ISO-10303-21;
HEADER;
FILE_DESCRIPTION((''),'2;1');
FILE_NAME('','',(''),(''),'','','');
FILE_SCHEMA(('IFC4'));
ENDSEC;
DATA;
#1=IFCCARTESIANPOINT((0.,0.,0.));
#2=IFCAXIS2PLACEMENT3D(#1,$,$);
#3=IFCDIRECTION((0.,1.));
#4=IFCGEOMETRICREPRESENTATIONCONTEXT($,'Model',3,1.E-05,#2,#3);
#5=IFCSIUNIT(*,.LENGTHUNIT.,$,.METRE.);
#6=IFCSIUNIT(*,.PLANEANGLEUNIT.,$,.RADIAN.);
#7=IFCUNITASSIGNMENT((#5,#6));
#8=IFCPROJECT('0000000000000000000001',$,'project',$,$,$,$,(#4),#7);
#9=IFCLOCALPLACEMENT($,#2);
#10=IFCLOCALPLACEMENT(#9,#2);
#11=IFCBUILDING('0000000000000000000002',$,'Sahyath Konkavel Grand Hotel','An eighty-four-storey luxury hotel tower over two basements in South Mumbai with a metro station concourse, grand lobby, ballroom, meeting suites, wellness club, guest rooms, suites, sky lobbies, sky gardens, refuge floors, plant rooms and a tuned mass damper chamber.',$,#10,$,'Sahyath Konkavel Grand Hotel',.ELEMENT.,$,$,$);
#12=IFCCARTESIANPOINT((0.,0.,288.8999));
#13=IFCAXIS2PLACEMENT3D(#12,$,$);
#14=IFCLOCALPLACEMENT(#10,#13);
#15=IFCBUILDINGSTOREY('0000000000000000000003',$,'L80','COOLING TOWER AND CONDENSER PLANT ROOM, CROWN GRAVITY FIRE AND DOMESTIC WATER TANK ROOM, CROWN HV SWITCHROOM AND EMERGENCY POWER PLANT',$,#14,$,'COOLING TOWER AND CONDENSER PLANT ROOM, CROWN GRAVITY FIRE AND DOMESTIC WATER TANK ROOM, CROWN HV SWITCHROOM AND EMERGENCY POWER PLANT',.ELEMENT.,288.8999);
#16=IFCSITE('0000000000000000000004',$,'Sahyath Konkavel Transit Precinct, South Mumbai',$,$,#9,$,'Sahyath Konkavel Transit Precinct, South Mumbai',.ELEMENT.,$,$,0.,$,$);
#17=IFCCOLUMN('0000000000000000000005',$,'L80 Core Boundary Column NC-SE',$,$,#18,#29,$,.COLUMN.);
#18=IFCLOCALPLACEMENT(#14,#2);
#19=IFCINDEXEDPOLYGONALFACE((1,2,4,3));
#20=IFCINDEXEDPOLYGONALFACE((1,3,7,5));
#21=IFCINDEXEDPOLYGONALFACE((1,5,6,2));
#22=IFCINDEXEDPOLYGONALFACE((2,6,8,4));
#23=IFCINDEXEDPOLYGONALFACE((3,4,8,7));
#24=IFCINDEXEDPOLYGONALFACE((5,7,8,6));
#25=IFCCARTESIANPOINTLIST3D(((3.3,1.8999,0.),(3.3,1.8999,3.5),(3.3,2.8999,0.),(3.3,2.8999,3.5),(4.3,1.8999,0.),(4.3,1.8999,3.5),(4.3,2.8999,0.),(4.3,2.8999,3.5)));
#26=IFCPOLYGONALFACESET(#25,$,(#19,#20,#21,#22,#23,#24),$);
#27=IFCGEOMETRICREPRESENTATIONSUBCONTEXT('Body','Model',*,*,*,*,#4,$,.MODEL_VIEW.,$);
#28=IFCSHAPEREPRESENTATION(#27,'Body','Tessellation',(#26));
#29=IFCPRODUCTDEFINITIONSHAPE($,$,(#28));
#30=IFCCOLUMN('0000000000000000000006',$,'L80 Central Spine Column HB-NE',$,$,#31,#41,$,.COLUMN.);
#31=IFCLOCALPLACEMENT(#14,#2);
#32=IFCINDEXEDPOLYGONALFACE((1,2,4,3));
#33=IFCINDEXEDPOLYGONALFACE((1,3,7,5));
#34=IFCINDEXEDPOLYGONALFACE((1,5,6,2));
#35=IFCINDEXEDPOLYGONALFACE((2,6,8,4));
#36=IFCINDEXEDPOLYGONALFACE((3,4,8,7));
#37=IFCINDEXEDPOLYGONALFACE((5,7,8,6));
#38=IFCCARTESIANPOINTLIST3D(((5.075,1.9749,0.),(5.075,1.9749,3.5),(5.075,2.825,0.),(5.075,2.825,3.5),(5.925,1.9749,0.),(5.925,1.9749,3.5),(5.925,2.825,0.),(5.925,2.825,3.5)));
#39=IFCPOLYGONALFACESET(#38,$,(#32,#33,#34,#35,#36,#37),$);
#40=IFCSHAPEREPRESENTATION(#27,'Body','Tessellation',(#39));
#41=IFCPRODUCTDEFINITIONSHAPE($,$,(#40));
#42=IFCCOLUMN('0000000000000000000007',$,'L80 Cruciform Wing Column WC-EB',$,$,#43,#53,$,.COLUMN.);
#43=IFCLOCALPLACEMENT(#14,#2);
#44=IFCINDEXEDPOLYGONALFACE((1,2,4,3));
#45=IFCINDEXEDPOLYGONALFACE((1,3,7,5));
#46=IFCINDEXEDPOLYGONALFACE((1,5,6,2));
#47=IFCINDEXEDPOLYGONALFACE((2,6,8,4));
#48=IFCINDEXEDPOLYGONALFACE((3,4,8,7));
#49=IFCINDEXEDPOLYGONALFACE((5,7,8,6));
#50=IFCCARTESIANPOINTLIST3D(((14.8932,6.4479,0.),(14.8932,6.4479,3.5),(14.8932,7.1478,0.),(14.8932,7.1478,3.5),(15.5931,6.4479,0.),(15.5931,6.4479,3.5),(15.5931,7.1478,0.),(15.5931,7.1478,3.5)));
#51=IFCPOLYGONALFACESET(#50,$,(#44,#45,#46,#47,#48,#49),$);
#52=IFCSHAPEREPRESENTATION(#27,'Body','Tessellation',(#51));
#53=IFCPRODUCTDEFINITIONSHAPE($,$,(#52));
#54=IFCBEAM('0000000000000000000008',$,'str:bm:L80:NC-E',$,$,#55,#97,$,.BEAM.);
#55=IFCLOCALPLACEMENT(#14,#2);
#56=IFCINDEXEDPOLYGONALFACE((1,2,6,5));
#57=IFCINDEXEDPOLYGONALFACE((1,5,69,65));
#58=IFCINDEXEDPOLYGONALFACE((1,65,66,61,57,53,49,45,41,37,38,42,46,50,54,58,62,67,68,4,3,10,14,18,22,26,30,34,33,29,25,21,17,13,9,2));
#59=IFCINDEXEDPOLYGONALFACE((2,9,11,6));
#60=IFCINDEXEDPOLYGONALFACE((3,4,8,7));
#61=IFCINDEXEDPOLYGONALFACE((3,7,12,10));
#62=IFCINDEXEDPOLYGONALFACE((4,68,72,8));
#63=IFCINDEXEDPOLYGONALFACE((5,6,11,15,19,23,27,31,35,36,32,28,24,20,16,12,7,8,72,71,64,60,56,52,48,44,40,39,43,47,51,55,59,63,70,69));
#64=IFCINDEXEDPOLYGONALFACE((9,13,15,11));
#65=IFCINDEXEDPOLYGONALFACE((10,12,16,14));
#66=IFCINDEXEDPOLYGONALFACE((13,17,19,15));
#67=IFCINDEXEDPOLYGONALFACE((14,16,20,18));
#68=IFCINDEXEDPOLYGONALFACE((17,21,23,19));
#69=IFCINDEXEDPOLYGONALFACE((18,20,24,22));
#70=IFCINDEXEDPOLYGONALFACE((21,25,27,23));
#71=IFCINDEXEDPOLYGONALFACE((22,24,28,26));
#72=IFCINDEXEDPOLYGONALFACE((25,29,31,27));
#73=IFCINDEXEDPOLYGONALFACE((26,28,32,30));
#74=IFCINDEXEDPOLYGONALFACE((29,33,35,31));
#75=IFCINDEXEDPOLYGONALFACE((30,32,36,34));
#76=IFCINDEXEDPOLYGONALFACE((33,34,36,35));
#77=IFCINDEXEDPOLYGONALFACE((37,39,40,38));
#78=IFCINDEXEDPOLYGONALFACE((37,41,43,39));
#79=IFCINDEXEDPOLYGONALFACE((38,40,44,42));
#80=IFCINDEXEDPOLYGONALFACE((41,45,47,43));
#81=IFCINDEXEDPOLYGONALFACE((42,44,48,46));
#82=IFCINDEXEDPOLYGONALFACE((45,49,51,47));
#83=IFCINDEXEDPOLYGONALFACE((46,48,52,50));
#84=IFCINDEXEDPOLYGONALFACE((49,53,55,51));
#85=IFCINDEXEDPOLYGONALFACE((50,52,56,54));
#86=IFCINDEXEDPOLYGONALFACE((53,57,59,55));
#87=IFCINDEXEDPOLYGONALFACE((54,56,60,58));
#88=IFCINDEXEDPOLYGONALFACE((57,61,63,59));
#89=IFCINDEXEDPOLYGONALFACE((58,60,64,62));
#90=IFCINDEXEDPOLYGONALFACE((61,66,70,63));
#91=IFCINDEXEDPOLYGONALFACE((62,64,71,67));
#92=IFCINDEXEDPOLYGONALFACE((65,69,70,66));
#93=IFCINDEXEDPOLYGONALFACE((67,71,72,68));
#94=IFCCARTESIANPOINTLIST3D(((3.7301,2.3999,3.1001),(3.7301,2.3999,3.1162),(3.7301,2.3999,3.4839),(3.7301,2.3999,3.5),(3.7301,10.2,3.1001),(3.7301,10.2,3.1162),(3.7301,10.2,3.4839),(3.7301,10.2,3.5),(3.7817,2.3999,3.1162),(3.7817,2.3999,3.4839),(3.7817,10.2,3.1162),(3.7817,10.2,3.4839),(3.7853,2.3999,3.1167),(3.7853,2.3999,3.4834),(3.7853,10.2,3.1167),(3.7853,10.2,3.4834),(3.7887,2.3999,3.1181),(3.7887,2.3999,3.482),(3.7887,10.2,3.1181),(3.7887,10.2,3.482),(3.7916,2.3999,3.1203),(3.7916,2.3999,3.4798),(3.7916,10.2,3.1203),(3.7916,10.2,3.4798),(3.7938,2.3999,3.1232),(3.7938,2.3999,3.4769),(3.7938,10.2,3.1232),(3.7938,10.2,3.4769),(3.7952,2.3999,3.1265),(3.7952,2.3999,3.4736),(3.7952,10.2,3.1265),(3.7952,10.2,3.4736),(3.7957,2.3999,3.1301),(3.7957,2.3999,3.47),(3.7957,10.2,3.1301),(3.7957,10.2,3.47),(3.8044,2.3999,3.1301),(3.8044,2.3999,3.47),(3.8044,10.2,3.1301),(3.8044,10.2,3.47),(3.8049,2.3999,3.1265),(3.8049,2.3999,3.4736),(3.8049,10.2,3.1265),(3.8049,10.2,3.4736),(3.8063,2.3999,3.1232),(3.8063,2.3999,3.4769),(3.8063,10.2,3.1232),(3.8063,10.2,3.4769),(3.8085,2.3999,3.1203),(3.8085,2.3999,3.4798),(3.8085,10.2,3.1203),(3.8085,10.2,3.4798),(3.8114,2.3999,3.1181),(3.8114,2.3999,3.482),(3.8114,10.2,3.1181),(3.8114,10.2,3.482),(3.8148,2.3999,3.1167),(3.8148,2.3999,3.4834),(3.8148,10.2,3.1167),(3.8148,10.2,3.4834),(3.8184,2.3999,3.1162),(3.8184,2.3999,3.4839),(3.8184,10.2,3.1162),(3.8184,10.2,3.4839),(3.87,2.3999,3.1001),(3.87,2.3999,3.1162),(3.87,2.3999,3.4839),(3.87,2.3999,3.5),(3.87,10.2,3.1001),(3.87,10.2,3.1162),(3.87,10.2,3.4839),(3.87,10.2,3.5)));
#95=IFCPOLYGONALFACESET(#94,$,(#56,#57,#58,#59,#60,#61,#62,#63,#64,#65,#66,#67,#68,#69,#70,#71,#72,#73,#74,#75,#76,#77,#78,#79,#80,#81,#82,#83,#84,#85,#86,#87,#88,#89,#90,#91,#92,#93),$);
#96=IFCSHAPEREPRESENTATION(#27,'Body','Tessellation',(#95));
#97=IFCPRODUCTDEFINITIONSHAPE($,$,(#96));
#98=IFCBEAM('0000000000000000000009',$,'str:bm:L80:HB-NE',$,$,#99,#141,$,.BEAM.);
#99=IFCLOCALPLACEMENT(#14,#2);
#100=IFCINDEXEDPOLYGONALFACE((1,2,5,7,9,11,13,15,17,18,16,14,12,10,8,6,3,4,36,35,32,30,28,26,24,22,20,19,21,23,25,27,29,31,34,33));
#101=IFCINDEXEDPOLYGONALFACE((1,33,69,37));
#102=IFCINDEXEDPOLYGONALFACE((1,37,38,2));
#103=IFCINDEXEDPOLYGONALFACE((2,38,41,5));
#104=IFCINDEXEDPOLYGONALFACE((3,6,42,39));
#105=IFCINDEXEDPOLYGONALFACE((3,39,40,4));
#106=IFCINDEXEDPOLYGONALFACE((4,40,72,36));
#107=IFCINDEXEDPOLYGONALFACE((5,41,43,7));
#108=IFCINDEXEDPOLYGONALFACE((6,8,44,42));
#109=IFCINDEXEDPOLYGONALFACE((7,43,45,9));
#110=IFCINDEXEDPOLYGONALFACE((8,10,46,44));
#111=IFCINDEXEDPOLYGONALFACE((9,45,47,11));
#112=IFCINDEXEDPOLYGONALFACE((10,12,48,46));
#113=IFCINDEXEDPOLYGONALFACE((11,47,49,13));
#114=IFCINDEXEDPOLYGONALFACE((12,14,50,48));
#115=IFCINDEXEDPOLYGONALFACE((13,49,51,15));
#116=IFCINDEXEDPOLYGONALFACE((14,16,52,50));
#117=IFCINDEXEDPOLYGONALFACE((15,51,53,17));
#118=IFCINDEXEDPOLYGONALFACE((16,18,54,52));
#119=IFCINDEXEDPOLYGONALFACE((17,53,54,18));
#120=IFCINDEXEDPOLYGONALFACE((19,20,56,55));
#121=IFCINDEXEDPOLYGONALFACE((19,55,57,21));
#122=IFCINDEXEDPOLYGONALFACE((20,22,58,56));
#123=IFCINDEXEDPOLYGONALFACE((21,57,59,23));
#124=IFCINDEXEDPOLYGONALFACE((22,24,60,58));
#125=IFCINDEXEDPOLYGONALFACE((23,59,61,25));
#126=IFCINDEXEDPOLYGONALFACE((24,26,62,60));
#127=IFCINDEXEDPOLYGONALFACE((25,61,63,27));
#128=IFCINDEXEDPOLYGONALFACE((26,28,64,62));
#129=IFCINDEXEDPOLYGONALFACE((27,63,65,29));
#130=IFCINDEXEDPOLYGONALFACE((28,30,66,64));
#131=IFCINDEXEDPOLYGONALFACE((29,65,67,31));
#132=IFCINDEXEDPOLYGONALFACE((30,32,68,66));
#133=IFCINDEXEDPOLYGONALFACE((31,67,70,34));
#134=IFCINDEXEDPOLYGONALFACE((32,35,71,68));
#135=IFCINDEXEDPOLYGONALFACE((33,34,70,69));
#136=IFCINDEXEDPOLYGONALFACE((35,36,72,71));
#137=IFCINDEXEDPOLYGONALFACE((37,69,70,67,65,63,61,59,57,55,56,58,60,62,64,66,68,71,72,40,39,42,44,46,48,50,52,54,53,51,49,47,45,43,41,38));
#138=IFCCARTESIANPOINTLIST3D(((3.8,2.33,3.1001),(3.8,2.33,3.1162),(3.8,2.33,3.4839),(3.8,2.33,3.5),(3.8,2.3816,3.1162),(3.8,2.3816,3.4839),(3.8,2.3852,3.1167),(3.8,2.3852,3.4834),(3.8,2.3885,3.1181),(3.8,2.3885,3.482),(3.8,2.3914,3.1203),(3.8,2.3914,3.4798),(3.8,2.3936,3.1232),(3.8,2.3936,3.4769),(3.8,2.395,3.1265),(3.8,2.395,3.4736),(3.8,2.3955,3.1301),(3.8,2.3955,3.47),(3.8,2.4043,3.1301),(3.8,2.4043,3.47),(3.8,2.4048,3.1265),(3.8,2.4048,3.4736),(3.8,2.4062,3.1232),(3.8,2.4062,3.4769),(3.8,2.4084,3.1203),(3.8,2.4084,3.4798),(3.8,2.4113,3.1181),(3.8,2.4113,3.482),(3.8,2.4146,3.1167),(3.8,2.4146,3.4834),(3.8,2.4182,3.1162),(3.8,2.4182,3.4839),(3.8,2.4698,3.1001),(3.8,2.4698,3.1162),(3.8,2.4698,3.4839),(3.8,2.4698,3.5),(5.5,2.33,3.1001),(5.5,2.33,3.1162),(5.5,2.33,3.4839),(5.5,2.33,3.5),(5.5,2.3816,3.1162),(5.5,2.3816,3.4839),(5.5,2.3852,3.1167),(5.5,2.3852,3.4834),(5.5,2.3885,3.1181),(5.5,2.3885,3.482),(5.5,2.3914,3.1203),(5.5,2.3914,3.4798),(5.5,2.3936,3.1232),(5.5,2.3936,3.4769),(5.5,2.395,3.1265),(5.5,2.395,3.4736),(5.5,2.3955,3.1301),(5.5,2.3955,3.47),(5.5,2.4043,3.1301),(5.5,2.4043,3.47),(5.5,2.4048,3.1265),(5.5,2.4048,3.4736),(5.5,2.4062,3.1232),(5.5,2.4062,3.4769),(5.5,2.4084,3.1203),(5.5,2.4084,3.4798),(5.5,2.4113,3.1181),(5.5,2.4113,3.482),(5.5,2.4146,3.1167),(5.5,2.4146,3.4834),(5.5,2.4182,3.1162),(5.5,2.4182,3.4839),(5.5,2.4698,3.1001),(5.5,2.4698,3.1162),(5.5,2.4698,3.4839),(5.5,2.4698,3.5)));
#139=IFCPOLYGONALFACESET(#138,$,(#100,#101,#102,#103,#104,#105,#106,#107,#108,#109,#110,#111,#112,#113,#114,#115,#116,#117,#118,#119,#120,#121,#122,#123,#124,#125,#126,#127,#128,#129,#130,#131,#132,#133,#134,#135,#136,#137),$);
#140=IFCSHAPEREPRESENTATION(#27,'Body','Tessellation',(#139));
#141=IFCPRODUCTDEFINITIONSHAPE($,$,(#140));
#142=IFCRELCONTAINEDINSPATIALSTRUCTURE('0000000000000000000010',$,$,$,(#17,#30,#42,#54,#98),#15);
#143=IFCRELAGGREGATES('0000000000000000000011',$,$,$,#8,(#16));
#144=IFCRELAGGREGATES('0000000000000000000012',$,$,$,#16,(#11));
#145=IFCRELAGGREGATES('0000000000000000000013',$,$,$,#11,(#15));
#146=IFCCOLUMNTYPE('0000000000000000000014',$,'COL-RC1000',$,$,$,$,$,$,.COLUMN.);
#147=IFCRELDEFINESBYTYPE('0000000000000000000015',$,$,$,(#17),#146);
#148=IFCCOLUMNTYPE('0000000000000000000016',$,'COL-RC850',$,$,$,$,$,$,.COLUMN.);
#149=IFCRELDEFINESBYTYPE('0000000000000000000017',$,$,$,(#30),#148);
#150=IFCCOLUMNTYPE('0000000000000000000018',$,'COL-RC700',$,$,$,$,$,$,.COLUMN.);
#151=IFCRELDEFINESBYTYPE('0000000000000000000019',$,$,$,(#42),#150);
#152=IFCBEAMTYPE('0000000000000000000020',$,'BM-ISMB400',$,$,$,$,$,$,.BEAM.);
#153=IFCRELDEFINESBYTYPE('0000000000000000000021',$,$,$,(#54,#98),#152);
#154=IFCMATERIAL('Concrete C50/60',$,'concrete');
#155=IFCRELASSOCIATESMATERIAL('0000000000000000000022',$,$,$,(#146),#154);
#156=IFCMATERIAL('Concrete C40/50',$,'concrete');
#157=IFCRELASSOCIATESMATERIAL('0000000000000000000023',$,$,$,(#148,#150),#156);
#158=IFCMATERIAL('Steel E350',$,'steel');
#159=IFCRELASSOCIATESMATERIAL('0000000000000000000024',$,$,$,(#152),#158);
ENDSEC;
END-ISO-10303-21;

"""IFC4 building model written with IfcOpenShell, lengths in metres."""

from ifc_helpers import new_model, si_unit, direction, frame, origin, origin_2d, place, context, subcontext, project, spatial, rectangle, i_section, extrude, source, transform, mapped, material, material_profile, profile_set, type_object, element, save


model = new_model("IFC4")

# Units and contexts
model_context = context("Model", 3, precision=1e-05, world=origin(), true_north=direction((0.0, 1.0)))
body_context = subcontext(model_context, "Body", "Model", "MODEL_VIEW")
ifc_project = project(units=[si_unit("LENGTHUNIT", "METRE"), si_unit("PLANEANGLEUNIT", "RADIAN")], contexts=[model_context])

# Site, building, storey
site_placement = place(None, origin())
site = spatial("IfcSite", under=ifc_project, at=site_placement, Name="Sahyath Konkavel Transit Precinct, South Mumbai", LongName="Sahyath Konkavel Transit Precinct, South Mumbai", CompositionType="ELEMENT", RefElevation=0.0)
building_placement = place(site_placement, origin())
building = spatial("IfcBuilding", under=site, at=building_placement, Name="Sahyath Konkavel Grand Hotel", Description="An eighty-four-storey luxury hotel tower over two basements in South Mumbai with a metro station concourse, grand lobby, ballroom, meeting suites, wellness club, guest rooms, suites, sky lobbies, sky gardens, refuge floors, plant rooms and a tuned mass damper chamber.", LongName="Sahyath Konkavel Grand Hotel", CompositionType="ELEMENT")
storey_placement = place(building_placement, frame((0.0, 0.0, 288.8999)))
storey = spatial("IfcBuildingStorey", under=building, at=storey_placement, Name="L80", Description="COOLING TOWER AND CONDENSER PLANT ROOM, CROWN GRAVITY FIRE AND DOMESTIC WATER TANK ROOM, CROWN HV SWITCHROOM AND EMERGENCY POWER PLANT", LongName="COOLING TOWER AND CONDENSER PLANT ROOM, CROWN GRAVITY FIRE AND DOMESTIC WATER TANK ROOM, CROWN HV SWITCHROOM AND EMERGENCY POWER PLANT", CompositionType="ELEMENT", Elevation=288.8999)

# Columns
ifc_material_1 = material(Name="Concrete C50/60", Category="concrete")
ifc_material_profile_1 = material_profile(ifc_material_1, rectangle(XDim=1.0, YDim=1.0, at=origin_2d()), Name="RC 1000x1000")
ifc_profile_set_1 = profile_set([ifc_material_profile_1], Name="Concrete C50/60")
column_type_1 = type_object("IfcColumnType", Name="COL-RC1000", PredefinedType="COLUMN", material=ifc_profile_set_1)
shared_shape_1 = source(origin(), body_context, "Body", "SweptSolid", [
    extrude(rectangle(XDim=1.0, YDim=1.0, at=origin_2d()), origin(), (0.0, 0.0, 1.0), 3.5),
])
column_1_placement = place(storey_placement, frame((3.8, 2.3999, 0.0), z_axis=(0.0, 0.0, 1.0), x_axis=(1.0, 0.0, 0.0)))
element("IfcColumn", 1, at=column_1_placement, inside=storey, type_object=column_type_1, Name="L80 Core Boundary Column NC-SE", PredefinedType="COLUMN", context=body_context, shape_type="MappedRepresentation", body=[
    mapped(shared_shape_1, transform((0.0, 0.0, 0.0), scale=1.0)),
])
ifc_material_2 = material(Name="Concrete C40/50", Category="concrete")
ifc_material_profile_2 = material_profile(ifc_material_2, rectangle(XDim=0.8501, YDim=0.8501, at=origin_2d()), Name="RC 850x850")
ifc_profile_set_2 = profile_set([ifc_material_profile_2], Name="Concrete C40/50")
column_type_2 = type_object("IfcColumnType", Name="COL-RC850", PredefinedType="COLUMN", material=ifc_profile_set_2)
shared_shape_2 = source(origin(), body_context, "Body", "SweptSolid", [
    extrude(rectangle(XDim=0.8501, YDim=0.8501, at=origin_2d()), origin(), (0.0, 0.0, 1.0), 3.5),
])
column_2_placement = place(storey_placement, frame((5.5, 2.3999, 0.0), z_axis=(0.0, 0.0, 1.0), x_axis=(1.0, 0.0, 0.0)))
element("IfcColumn", 2, at=column_2_placement, inside=storey, type_object=column_type_2, Name="L80 Central Spine Column HB-NE", PredefinedType="COLUMN", context=body_context, shape_type="MappedRepresentation", body=[
    mapped(shared_shape_2, transform((0.0, 0.0, 0.0), scale=1.0)),
])
ifc_material_profile_3 = material_profile(ifc_material_2, rectangle(XDim=0.7, YDim=0.7, at=origin_2d()), Name="RC 700x700")
ifc_profile_set_3 = profile_set([ifc_material_profile_3], Name="Concrete C40/50")
column_type_3 = type_object("IfcColumnType", Name="COL-RC700", PredefinedType="COLUMN", material=ifc_profile_set_3)
shared_shape_3 = source(origin(), body_context, "Body", "SweptSolid", [
    extrude(rectangle(XDim=0.7, YDim=0.7, at=origin_2d()), origin(), (0.0, 0.0, 1.0), 3.5),
])
column_3_placement = place(storey_placement, frame((15.2432, 6.7979, 0.0), z_axis=(0.0, 0.0, 1.0), x_axis=(1.0, 0.0, 0.0)))
element("IfcColumn", 3, at=column_3_placement, inside=storey, type_object=column_type_3, Name="L80 Cruciform Wing Column WC-EB", PredefinedType="COLUMN", context=body_context, shape_type="MappedRepresentation", body=[
    mapped(shared_shape_3, transform((0.0, 0.0, 0.0), scale=1.0)),
])

# Beams
ifc_material_3 = material(Name="Steel E350", Category="steel")
ifc_material_profile_4 = material_profile(ifc_material_3, i_section(OverallWidth=0.1399, OverallDepth=0.3999, WebThickness=0.0088, FlangeThickness=0.0161, FilletRadius=0.0139, at=origin_2d()), Name="ISMB 400")
ifc_profile_set_4 = profile_set([ifc_material_profile_4], Name="Steel E350")
beam_type_1 = type_object("IfcBeamType", Name="BM-ISMB400", PredefinedType="BEAM", material=ifc_profile_set_4)
shared_shape_4 = source(origin(), body_context, "Body", "SweptSolid", [
    extrude(i_section(OverallWidth=0.1399, OverallDepth=0.3999, WebThickness=0.0088, FlangeThickness=0.0161, FilletRadius=0.0139, at=origin_2d()), origin(), (0.0, 0.0, 1.0), 7.8),
])
beam_1_placement = place(storey_placement, frame((3.8, 2.3999, 3.3), z_axis=(0.0, 1.0, 0.0), x_axis=(-1.0, 0.0, 0.0)))
element("IfcBeam", 4, at=beam_1_placement, inside=storey, type_object=beam_type_1, Name="str:bm:L80:NC-E", PredefinedType="BEAM", context=body_context, shape_type="MappedRepresentation", body=[
    mapped(shared_shape_4, transform((0.0, 0.0, 0.0), scale=1.0)),
])
shared_shape_5 = source(origin(), body_context, "Body", "SweptSolid", [
    extrude(i_section(OverallWidth=0.1399, OverallDepth=0.3999, WebThickness=0.0088, FlangeThickness=0.0161, FilletRadius=0.0139, at=origin_2d()), origin(), (0.0, 0.0, 1.0), 1.7),
])
beam_2_placement = place(storey_placement, frame((3.8, 2.3999, 3.3), z_axis=(1.0, 0.0, 0.0), x_axis=(0.0, 1.0, 0.0)))
element("IfcBeam", 5, at=beam_2_placement, inside=storey, type_object=beam_type_1, Name="str:bm:L80:HB-NE", PredefinedType="BEAM", context=body_context, shape_type="MappedRepresentation", body=[
    mapped(shared_shape_5, transform((0.0, 0.0, 0.0), scale=1.0)),
])

save(model, "model.ifc")
